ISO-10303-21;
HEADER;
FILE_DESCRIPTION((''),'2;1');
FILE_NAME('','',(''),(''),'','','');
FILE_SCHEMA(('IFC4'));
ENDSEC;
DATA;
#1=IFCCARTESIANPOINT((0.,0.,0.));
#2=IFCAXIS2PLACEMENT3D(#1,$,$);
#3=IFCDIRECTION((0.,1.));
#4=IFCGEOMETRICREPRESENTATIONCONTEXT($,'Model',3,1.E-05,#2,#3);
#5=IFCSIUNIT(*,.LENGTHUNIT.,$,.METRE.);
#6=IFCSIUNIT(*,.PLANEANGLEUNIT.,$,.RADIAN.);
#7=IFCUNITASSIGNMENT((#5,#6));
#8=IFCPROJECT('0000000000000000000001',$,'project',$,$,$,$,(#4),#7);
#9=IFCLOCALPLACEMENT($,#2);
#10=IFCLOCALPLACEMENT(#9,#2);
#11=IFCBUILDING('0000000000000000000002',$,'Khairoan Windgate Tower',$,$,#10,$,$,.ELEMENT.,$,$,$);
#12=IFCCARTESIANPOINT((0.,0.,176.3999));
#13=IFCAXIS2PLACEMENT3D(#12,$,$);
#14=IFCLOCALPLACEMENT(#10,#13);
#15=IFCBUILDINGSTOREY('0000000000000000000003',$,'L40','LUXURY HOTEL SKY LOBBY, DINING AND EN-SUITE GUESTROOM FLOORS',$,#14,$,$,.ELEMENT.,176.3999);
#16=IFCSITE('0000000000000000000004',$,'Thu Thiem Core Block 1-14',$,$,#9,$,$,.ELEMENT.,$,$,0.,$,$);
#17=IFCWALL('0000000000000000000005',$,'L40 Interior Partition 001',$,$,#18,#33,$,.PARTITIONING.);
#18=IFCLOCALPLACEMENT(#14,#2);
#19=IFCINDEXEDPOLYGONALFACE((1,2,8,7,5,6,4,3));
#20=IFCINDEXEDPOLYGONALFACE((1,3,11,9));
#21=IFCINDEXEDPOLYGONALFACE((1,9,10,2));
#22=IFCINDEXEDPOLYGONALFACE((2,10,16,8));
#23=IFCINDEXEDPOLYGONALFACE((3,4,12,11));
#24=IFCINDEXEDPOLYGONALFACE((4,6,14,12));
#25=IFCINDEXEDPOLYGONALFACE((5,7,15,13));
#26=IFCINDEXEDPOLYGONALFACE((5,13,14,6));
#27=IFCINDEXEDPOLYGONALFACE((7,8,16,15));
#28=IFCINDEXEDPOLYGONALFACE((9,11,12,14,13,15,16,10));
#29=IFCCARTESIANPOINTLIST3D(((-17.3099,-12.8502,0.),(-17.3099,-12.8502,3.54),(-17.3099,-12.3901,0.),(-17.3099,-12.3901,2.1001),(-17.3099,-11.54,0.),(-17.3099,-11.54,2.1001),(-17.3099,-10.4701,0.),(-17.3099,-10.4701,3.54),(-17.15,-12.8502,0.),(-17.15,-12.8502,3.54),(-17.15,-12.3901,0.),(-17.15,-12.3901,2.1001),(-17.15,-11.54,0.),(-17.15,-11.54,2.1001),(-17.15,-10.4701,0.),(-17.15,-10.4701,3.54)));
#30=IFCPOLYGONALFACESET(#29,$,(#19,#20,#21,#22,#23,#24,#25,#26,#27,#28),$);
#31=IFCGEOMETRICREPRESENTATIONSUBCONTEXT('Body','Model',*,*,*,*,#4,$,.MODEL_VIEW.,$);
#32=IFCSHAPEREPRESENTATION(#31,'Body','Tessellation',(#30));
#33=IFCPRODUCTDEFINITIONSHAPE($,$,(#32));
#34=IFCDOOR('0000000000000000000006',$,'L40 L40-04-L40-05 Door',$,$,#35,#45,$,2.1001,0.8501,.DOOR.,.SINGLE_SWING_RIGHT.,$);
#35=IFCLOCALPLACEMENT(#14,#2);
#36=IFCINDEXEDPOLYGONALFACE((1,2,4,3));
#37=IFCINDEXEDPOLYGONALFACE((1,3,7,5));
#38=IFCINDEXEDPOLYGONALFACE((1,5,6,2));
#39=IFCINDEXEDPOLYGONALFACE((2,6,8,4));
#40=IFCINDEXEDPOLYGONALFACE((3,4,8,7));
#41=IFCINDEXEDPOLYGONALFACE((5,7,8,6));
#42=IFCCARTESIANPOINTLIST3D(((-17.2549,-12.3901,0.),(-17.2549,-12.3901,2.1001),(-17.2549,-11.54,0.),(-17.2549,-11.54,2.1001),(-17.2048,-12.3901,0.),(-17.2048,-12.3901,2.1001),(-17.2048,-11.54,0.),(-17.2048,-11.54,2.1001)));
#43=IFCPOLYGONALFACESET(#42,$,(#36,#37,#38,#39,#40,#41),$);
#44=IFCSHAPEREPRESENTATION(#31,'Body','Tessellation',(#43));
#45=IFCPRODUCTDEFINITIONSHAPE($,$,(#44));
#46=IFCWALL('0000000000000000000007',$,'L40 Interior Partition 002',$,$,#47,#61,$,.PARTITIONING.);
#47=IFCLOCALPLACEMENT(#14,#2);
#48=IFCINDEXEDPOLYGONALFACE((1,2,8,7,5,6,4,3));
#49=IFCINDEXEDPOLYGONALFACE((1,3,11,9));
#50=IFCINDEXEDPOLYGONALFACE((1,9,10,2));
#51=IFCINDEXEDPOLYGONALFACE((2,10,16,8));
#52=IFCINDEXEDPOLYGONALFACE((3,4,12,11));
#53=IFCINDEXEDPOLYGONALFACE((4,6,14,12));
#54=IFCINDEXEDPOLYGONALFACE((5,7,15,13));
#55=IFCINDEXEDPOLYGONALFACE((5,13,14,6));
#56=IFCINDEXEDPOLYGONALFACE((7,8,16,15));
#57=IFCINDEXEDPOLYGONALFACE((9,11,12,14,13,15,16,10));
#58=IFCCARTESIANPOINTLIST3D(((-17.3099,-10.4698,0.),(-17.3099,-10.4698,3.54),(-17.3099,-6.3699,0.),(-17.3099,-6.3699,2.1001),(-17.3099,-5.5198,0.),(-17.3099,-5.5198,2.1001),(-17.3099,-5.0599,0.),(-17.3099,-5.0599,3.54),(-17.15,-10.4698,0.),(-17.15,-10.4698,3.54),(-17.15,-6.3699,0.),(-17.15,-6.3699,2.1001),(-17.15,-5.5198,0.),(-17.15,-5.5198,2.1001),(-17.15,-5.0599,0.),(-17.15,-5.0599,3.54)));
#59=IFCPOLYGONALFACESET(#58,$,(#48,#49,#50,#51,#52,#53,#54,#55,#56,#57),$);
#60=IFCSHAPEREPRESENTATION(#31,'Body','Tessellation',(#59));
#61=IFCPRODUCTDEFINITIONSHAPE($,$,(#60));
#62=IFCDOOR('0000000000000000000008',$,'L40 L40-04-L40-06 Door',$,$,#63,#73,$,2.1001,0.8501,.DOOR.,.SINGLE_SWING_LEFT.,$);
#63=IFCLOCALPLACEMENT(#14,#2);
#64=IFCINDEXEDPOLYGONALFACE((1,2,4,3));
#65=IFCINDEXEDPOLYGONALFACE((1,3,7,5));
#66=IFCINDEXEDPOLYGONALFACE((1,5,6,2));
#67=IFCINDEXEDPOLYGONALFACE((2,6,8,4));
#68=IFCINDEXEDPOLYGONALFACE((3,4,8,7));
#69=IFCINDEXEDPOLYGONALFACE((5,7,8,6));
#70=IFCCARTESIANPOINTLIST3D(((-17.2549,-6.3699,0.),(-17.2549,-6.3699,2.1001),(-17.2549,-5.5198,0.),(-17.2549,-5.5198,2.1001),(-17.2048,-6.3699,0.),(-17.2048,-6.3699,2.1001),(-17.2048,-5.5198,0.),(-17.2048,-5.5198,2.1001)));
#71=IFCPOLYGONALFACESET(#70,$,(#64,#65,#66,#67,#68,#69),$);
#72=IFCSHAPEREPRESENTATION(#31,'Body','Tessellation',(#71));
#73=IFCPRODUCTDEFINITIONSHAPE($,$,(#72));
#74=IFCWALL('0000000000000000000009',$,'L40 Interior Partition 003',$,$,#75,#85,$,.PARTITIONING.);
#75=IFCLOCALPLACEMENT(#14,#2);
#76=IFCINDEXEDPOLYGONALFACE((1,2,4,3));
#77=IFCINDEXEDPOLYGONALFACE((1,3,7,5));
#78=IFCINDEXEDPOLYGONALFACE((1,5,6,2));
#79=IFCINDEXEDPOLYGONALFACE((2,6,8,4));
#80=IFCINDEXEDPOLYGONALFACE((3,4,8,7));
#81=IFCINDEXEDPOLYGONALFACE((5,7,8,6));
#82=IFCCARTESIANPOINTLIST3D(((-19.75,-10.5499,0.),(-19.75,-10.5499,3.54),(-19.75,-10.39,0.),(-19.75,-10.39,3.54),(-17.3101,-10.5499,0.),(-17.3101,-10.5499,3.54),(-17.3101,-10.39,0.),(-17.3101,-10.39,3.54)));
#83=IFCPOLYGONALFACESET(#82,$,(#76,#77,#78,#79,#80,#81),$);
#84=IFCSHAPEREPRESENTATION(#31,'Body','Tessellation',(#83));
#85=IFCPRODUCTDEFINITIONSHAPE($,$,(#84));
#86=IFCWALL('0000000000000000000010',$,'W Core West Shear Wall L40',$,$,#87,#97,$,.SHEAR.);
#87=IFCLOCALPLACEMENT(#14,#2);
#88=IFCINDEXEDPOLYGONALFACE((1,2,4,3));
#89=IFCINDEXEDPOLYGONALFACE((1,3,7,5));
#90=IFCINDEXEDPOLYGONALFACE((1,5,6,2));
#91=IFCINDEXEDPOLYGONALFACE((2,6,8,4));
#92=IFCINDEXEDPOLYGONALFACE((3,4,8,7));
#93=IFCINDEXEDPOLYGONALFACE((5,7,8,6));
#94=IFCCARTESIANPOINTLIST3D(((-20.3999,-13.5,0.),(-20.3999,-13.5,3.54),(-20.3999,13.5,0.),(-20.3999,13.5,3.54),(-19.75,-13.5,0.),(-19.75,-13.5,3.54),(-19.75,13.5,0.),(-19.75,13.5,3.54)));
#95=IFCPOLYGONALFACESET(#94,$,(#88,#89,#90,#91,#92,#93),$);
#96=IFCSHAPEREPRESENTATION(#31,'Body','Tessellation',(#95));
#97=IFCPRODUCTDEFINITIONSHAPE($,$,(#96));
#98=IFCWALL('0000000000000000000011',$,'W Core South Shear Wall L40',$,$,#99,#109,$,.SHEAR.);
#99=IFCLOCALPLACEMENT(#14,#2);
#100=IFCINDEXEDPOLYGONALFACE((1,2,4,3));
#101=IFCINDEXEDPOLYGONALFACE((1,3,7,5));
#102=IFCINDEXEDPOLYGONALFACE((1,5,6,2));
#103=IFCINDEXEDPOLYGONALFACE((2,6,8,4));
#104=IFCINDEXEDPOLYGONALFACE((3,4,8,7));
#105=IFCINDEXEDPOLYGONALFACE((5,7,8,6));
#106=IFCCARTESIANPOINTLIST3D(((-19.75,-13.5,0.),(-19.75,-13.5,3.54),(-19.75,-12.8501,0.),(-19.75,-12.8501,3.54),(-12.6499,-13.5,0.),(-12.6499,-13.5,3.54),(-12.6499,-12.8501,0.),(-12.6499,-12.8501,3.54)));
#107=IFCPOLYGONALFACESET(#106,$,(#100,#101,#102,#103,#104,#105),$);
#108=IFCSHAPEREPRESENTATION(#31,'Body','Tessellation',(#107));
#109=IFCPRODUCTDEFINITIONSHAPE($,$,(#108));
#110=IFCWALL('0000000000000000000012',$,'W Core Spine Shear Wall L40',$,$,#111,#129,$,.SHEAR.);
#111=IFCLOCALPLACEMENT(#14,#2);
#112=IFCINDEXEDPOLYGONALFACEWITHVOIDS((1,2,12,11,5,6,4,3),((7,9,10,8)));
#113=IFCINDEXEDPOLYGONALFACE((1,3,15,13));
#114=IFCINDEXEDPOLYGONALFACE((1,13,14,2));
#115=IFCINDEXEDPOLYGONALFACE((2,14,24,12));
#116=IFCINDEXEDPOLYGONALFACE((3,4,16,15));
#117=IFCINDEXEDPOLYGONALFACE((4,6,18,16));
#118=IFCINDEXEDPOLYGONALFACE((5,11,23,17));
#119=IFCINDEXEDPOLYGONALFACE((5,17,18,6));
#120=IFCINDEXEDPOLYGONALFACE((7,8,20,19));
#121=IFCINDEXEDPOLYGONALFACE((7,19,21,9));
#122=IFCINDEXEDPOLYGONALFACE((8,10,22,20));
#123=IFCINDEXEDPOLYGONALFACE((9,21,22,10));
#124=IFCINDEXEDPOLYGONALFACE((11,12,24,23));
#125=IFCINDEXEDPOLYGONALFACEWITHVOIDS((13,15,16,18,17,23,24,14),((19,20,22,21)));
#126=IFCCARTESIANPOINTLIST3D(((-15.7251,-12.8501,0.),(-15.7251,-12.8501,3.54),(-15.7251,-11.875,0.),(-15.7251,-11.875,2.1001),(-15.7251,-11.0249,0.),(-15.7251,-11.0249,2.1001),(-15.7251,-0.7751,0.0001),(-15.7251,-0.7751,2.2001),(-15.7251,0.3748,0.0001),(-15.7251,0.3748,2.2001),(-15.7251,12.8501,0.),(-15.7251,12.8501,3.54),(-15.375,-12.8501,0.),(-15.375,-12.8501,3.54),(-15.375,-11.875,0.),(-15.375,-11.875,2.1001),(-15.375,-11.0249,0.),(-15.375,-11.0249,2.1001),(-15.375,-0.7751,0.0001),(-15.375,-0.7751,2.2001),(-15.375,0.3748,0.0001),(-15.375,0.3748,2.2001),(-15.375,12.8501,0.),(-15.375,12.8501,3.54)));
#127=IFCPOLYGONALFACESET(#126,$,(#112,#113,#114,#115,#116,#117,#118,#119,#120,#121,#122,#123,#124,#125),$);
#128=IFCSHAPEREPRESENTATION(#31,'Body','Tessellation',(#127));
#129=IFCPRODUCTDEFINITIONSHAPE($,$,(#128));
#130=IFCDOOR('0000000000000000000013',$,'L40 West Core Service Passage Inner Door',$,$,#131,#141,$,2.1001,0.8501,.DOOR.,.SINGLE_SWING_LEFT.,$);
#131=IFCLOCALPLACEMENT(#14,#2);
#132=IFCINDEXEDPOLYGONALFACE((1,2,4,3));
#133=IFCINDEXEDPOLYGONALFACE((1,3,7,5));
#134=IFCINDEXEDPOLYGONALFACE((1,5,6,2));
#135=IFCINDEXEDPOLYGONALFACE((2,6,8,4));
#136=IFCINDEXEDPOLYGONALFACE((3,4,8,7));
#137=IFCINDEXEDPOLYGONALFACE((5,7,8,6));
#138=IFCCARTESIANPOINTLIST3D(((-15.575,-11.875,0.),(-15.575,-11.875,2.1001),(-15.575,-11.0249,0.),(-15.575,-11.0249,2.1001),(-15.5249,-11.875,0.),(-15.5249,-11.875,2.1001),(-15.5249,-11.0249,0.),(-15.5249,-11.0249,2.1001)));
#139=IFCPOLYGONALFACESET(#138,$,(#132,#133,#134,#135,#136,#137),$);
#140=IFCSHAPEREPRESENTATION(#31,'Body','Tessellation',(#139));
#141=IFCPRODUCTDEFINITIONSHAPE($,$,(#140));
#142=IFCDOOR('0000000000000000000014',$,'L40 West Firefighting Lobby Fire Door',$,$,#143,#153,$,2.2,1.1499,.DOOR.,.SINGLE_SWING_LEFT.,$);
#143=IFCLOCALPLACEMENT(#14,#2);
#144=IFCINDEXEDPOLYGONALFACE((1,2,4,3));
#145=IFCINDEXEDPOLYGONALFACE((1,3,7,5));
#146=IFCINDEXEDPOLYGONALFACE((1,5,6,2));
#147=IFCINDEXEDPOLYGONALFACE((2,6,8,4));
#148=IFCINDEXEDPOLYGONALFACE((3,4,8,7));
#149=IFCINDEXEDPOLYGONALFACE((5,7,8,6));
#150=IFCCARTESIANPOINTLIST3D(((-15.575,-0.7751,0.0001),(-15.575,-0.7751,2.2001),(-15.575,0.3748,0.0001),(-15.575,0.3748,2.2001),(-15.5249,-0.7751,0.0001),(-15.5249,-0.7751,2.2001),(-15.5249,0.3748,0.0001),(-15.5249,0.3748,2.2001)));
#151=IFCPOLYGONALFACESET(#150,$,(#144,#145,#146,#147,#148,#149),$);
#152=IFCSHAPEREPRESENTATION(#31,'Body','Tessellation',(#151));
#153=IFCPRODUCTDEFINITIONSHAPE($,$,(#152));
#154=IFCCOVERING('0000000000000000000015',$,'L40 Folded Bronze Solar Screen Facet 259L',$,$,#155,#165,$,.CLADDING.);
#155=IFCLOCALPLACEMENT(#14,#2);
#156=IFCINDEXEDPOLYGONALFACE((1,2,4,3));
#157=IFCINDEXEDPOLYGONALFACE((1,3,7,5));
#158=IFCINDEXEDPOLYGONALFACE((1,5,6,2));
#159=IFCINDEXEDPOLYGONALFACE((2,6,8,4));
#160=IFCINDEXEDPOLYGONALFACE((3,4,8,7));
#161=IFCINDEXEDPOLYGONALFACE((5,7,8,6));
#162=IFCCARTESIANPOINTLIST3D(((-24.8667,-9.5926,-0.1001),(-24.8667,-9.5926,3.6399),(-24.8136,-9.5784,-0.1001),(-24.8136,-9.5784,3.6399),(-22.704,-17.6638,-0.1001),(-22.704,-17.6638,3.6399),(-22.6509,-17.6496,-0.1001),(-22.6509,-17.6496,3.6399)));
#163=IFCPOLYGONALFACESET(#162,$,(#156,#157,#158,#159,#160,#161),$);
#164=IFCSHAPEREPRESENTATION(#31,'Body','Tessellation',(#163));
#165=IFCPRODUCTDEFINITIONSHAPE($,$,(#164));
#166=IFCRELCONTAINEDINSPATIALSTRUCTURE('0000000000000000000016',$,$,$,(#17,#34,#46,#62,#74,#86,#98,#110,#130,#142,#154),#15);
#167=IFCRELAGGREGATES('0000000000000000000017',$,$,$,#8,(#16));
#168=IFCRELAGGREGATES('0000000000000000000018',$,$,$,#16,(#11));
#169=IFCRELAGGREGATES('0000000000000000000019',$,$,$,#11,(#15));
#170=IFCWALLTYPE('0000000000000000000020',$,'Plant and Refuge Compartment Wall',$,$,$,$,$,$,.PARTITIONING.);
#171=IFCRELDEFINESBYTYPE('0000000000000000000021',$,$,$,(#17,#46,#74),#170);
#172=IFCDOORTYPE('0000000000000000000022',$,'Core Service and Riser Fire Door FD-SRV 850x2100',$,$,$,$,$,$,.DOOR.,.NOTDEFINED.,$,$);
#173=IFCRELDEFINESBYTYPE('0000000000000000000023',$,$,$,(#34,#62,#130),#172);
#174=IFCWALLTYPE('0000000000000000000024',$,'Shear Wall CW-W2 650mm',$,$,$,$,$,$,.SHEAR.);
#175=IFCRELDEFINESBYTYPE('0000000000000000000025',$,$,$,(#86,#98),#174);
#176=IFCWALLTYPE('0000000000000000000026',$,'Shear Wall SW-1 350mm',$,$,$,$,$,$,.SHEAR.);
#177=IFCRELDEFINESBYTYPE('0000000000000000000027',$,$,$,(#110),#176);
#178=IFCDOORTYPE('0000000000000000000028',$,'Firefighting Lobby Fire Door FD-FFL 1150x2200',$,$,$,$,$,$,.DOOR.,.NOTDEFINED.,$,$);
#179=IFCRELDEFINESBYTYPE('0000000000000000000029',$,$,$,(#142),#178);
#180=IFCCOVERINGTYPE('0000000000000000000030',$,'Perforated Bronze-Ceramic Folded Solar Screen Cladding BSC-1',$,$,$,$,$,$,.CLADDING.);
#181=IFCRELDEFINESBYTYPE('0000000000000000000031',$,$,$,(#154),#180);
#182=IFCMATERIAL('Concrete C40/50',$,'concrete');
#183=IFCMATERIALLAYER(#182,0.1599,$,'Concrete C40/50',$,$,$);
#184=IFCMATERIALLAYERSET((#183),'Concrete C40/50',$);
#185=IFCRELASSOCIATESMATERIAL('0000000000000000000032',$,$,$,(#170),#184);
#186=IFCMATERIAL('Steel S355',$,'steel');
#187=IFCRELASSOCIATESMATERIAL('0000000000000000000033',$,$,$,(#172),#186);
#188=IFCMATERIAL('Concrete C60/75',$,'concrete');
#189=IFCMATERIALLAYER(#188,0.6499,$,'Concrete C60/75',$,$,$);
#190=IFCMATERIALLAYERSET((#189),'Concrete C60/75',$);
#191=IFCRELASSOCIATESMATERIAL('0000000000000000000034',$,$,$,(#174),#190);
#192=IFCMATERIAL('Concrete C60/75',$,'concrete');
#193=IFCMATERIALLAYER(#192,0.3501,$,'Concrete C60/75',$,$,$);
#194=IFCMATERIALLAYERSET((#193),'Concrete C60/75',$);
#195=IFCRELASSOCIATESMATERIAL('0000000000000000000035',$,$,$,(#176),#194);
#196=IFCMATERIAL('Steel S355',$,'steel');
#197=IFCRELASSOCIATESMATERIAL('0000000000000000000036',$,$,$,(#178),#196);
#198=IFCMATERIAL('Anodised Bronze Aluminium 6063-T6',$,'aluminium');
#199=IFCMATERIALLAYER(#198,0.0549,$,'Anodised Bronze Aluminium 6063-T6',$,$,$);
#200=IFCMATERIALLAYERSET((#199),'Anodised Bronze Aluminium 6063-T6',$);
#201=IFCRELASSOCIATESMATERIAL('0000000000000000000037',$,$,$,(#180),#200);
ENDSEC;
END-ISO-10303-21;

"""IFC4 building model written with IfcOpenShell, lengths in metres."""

from ifc_helpers import new_model, si_unit, direction, frame, frame_2d, origin, origin_2d, place, context, subcontext, project, spatial, rectangle, extrude, material, layer, layer_set, type_object, element, fill, save


model = new_model("IFC4")

# Units and contexts
model_context = context("Model", 3, precision=1e-05, world=origin(), true_north=direction((0.0, 1.0)))
body_context = subcontext(model_context, "Body", "Model", "MODEL_VIEW")
ifc_project = project(units=[si_unit("LENGTHUNIT", "METRE"), si_unit("PLANEANGLEUNIT", "RADIAN")], contexts=[model_context])

# Site, building, storey
site_placement = place(None, origin())
site = spatial("IfcSite", under=ifc_project, at=site_placement, Name="Thu Thiem Core Block 1-14", CompositionType="ELEMENT", RefElevation=0.0)
building_placement = place(site_placement, origin())
building = spatial("IfcBuilding", under=site, at=building_placement, Name="Khairoan Windgate Tower", CompositionType="ELEMENT")
storey_placement = place(building_placement, frame((0.0, 0.0, 176.3999)))
storey = spatial("IfcBuildingStorey", under=building, at=storey_placement, Name="L40", Description="LUXURY HOTEL SKY LOBBY, DINING AND EN-SUITE GUESTROOM FLOORS", CompositionType="ELEMENT", Elevation=176.3999)

# Walls, openings, doors
ifc_material_1 = material(Name="Concrete C40/50", Category="concrete")
ifc_layer_1 = layer(ifc_material_1, 0.1599, Name="Concrete C40/50")
ifc_layer_set_1 = layer_set([ifc_layer_1], Name="Concrete C40/50")
wall_type_1 = type_object("IfcWallType", Name="Plant and Refuge Compartment Wall", PredefinedType="PARTITIONING", material=ifc_layer_set_1)
wall_1_placement = place(storey_placement, frame((-17.23, -12.8501, 0.0), z_axis=(0.0, 0.0, 1.0), x_axis=(0.0, 1.0, 0.0)))
wall_1 = element("IfcWall", 1, at=wall_1_placement, inside=storey, type_object=wall_type_1, Name="L40 Interior Partition 001", PredefinedType="PARTITIONING", context=body_context, shape_type="SweptSolid", body=[
    extrude(rectangle(XDim=2.3801, YDim=0.1599, at=frame_2d((1.1899, 0.0))), origin(), (0.0, 0.0, 1.0), 3.54),
])
opening_1_placement = place(wall_1_placement, frame((0.46, 0.0, 0.0)))
opening_1 = element("IfcOpeningElement", 2, at=opening_1_placement, cuts=wall_1, PredefinedType="OPENING", context=body_context, shape_type="SweptSolid", body=[
    extrude(rectangle(XDim=0.8501, YDim=2.1001, at=frame_2d((0.425, 1.05))), frame((0.0, 0.0898, 0.0), z_axis=(0.0, -1.0, 0.0), x_axis=(1.0, 0.0, 0.0)), (0.0, 0.0, 1.0), 0.1799),
])
ifc_material_2 = material(Name="Steel S355", Category="steel")
door_type_1 = type_object("IfcDoorType", Name="Core Service and Riser Fire Door FD-SRV 850x2100", OperationType="NOTDEFINED", PredefinedType="DOOR", material=ifc_material_2)
door_1_placement = place(opening_1_placement, origin())
door_1 = element("IfcDoor", 3, at=door_1_placement, inside=storey, type_object=door_type_1, Name="L40 L40-04-L40-05 Door", OperationType="SINGLE_SWING_RIGHT", OverallHeight=2.1001, OverallWidth=0.8501, PredefinedType="DOOR", context=body_context, shape_type="SweptSolid", body=[
    extrude(rectangle(XDim=0.8501, YDim=2.1001, at=frame_2d((0.425, 1.05))), frame((0.0, 0.0249, 0.0), z_axis=(0.0, -1.0, 0.0), x_axis=(1.0, 0.0, 0.0)), (0.0, 0.0, 1.0), 0.05),
])
fill(opening_1, door_1)
wall_2_placement = place(storey_placement, frame((-17.23, -10.47, 0.0), z_axis=(0.0, 0.0, 1.0), x_axis=(0.0, 1.0, 0.0)))
wall_2 = element("IfcWall", 4, at=wall_2_placement, inside=storey, type_object=wall_type_1, Name="L40 Interior Partition 002", PredefinedType="PARTITIONING", context=body_context, shape_type="SweptSolid", body=[
    extrude(rectangle(XDim=5.4099, YDim=0.1599, at=frame_2d((2.7051, 0.0))), origin(), (0.0, 0.0, 1.0), 3.54),
])
opening_2_placement = place(wall_2_placement, frame((4.1001, 0.0, 0.0)))
opening_2 = element("IfcOpeningElement", 5, at=opening_2_placement, cuts=wall_2, PredefinedType="OPENING", context=body_context, shape_type="SweptSolid", body=[
    extrude(rectangle(XDim=0.8501, YDim=2.1001, at=frame_2d((0.425, 1.05))), frame((0.0, 0.0898, 0.0), z_axis=(0.0, -1.0, 0.0), x_axis=(1.0, 0.0, 0.0)), (0.0, 0.0, 1.0), 0.1799),
])
door_2_placement = place(opening_2_placement, origin())
door_2 = element("IfcDoor", 6, at=door_2_placement, inside=storey, type_object=door_type_1, Name="L40 L40-04-L40-06 Door", OperationType="SINGLE_SWING_LEFT", OverallHeight=2.1001, OverallWidth=0.8501, PredefinedType="DOOR", context=body_context, shape_type="SweptSolid", body=[
    extrude(rectangle(XDim=0.8501, YDim=2.1001, at=frame_2d((0.425, 1.05))), frame((0.0, 0.0249, 0.0), z_axis=(0.0, -1.0, 0.0), x_axis=(1.0, 0.0, 0.0)), (0.0, 0.0, 1.0), 0.05),
])
fill(opening_2, door_2)

# Walls
wall_3_placement = place(storey_placement, frame((-19.75, -10.47, 0.0), z_axis=(0.0, 0.0, 1.0), x_axis=(1.0, 0.0, 0.0)))
element("IfcWall", 7, at=wall_3_placement, inside=storey, type_object=wall_type_1, Name="L40 Interior Partition 003", PredefinedType="PARTITIONING", context=body_context, shape_type="SweptSolid", body=[
    extrude(rectangle(XDim=2.4399, YDim=0.1599, at=frame_2d((1.22, 0.0))), origin(), (0.0, 0.0, 1.0), 3.54),
])
ifc_material_3 = material(Name="Concrete C60/75", Category="concrete")
ifc_layer_2 = layer(ifc_material_3, 0.6499, Name="Concrete C60/75")
ifc_layer_set_2 = layer_set([ifc_layer_2], Name="Concrete C60/75")
wall_type_2 = type_object("IfcWallType", Name="Shear Wall CW-W2 650mm", PredefinedType="SHEAR", material=ifc_layer_set_2)
wall_4_placement = place(storey_placement, frame((-20.075, -13.5, 0.0), z_axis=(0.0, 0.0, 1.0), x_axis=(0.0, 1.0, 0.0)))
element("IfcWall", 8, at=wall_4_placement, inside=storey, type_object=wall_type_2, Name="W Core West Shear Wall L40", PredefinedType="SHEAR", context=body_context, shape_type="SweptSolid", body=[
    extrude(rectangle(XDim=27.0, YDim=0.6499, at=frame_2d((13.5, 0.0))), origin(), (0.0, 0.0, 1.0), 3.54),
])
wall_5_placement = place(storey_placement, frame((-19.75, -13.175, 0.0), z_axis=(0.0, 0.0, 1.0), x_axis=(1.0, 0.0, 0.0)))
element("IfcWall", 9, at=wall_5_placement, inside=storey, type_object=wall_type_2, Name="W Core South Shear Wall L40", PredefinedType="SHEAR", context=body_context, shape_type="SweptSolid", body=[
    extrude(rectangle(XDim=7.1001, YDim=0.6499, at=frame_2d((3.55, 0.0))), origin(), (0.0, 0.0, 1.0), 3.54),
])

# Wall, openings, doors
ifc_material_4 = material(Name="Concrete C60/75", Category="concrete")
ifc_layer_3 = layer(ifc_material_4, 0.3501, Name="Concrete C60/75")
ifc_layer_set_3 = layer_set([ifc_layer_3], Name="Concrete C60/75")
wall_type_3 = type_object("IfcWallType", Name="Shear Wall SW-1 350mm", PredefinedType="SHEAR", material=ifc_layer_set_3)
wall_6_placement = place(storey_placement, frame((-15.55, -12.8501, 0.0), z_axis=(0.0, 0.0, 1.0), x_axis=(0.0, 1.0, 0.0)))
wall_6 = element("IfcWall", 10, at=wall_6_placement, inside=storey, type_object=wall_type_3, Name="W Core Spine Shear Wall L40", PredefinedType="SHEAR", context=body_context, shape_type="SweptSolid", body=[
    extrude(rectangle(XDim=25.7002, YDim=0.3501, at=frame_2d((12.8501, 0.0))), origin(), (0.0, 0.0, 1.0), 3.54),
])
opening_3_placement = place(wall_6_placement, frame((12.075, 0.0, 0.0)))
opening_3 = element("IfcOpeningElement", 11, at=opening_3_placement, cuts=wall_6, PredefinedType="OPENING", context=body_context, shape_type="SweptSolid", body=[
    extrude(rectangle(XDim=1.1499, YDim=2.2, at=frame_2d((0.575, 1.1001))), frame((0.0, 0.1851, 0.0), z_axis=(0.0, -1.0, 0.0), x_axis=(1.0, 0.0, 0.0)), (0.0, 0.0, 1.0), 0.3701),
])
opening_4_placement = place(wall_6_placement, frame((0.9751, 0.0, 0.0)))
opening_4 = element("IfcOpeningElement", 12, at=opening_4_placement, cuts=wall_6, PredefinedType="OPENING", context=body_context, shape_type="SweptSolid", body=[
    extrude(rectangle(XDim=0.8501, YDim=2.1001, at=frame_2d((0.425, 1.05))), frame((0.0, 0.1851, 0.0), z_axis=(0.0, -1.0, 0.0), x_axis=(1.0, 0.0, 0.0)), (0.0, 0.0, 1.0), 0.3701),
])
door_3_placement = place(opening_4_placement, origin())
door_3 = element("IfcDoor", 13, at=door_3_placement, inside=storey, type_object=door_type_1, Name="L40 West Core Service Passage Inner Door", OperationType="SINGLE_SWING_LEFT", OverallHeight=2.1001, OverallWidth=0.8501, PredefinedType="DOOR", context=body_context, shape_type="SweptSolid", body=[
    extrude(rectangle(XDim=0.8501, YDim=2.1001, at=frame_2d((0.425, 1.05))), frame((0.0, 0.0249, 0.0), z_axis=(0.0, -1.0, 0.0), x_axis=(1.0, 0.0, 0.0)), (0.0, 0.0, 1.0), 0.05),
])
fill(opening_4, door_3)
ifc_material_5 = material(Name="Steel S355", Category="steel")
door_type_2 = type_object("IfcDoorType", Name="Firefighting Lobby Fire Door FD-FFL 1150x2200", OperationType="NOTDEFINED", PredefinedType="DOOR", material=ifc_material_5)
door_4_placement = place(opening_3_placement, origin())
door_4 = element("IfcDoor", 14, at=door_4_placement, inside=storey, type_object=door_type_2, Name="L40 West Firefighting Lobby Fire Door", OperationType="SINGLE_SWING_LEFT", OverallHeight=2.2, OverallWidth=1.1499, PredefinedType="DOOR", context=body_context, shape_type="SweptSolid", body=[
    extrude(rectangle(XDim=1.1499, YDim=2.2, at=frame_2d((0.575, 1.1001))), frame((0.0, 0.0249, 0.0), z_axis=(0.0, -1.0, 0.0), x_axis=(1.0, 0.0, 0.0)), (0.0, 0.0, 1.0), 0.05),
])
fill(opening_3, door_4)

# Covering
ifc_material_6 = material(Name="Anodised Bronze Aluminium 6063-T6", Category="aluminium")
ifc_layer_4 = layer(ifc_material_6, 0.0549, Name="Anodised Bronze Aluminium 6063-T6")
ifc_layer_set_4 = layer_set([ifc_layer_4], Name="Anodised Bronze Aluminium 6063-T6")
covering_type = type_object("IfcCoveringType", Name="Perforated Bronze-Ceramic Folded Solar Screen Cladding BSC-1", PredefinedType="CLADDING", material=ifc_layer_set_4)
covering_placement = place(storey_placement, frame((-23.7588, -13.6211, -0.1001), z_axis=(0.0, 0.0, 1.0), x_axis=(-0.258819, 0.965926, 0.0)))
element("IfcCovering", 15, at=covering_placement, inside=storey, type_object=covering_type, Name="L40 Folded Bronze Solar Screen Facet 259L", PredefinedType="CLADDING", context=body_context, shape_type="SweptSolid", body=[
    extrude(rectangle(XDim=8.356, YDim=0.0549, at=origin_2d()), origin(), (0.0, 0.0, 1.0), 3.74),
])

save(model, "model.ifc")
